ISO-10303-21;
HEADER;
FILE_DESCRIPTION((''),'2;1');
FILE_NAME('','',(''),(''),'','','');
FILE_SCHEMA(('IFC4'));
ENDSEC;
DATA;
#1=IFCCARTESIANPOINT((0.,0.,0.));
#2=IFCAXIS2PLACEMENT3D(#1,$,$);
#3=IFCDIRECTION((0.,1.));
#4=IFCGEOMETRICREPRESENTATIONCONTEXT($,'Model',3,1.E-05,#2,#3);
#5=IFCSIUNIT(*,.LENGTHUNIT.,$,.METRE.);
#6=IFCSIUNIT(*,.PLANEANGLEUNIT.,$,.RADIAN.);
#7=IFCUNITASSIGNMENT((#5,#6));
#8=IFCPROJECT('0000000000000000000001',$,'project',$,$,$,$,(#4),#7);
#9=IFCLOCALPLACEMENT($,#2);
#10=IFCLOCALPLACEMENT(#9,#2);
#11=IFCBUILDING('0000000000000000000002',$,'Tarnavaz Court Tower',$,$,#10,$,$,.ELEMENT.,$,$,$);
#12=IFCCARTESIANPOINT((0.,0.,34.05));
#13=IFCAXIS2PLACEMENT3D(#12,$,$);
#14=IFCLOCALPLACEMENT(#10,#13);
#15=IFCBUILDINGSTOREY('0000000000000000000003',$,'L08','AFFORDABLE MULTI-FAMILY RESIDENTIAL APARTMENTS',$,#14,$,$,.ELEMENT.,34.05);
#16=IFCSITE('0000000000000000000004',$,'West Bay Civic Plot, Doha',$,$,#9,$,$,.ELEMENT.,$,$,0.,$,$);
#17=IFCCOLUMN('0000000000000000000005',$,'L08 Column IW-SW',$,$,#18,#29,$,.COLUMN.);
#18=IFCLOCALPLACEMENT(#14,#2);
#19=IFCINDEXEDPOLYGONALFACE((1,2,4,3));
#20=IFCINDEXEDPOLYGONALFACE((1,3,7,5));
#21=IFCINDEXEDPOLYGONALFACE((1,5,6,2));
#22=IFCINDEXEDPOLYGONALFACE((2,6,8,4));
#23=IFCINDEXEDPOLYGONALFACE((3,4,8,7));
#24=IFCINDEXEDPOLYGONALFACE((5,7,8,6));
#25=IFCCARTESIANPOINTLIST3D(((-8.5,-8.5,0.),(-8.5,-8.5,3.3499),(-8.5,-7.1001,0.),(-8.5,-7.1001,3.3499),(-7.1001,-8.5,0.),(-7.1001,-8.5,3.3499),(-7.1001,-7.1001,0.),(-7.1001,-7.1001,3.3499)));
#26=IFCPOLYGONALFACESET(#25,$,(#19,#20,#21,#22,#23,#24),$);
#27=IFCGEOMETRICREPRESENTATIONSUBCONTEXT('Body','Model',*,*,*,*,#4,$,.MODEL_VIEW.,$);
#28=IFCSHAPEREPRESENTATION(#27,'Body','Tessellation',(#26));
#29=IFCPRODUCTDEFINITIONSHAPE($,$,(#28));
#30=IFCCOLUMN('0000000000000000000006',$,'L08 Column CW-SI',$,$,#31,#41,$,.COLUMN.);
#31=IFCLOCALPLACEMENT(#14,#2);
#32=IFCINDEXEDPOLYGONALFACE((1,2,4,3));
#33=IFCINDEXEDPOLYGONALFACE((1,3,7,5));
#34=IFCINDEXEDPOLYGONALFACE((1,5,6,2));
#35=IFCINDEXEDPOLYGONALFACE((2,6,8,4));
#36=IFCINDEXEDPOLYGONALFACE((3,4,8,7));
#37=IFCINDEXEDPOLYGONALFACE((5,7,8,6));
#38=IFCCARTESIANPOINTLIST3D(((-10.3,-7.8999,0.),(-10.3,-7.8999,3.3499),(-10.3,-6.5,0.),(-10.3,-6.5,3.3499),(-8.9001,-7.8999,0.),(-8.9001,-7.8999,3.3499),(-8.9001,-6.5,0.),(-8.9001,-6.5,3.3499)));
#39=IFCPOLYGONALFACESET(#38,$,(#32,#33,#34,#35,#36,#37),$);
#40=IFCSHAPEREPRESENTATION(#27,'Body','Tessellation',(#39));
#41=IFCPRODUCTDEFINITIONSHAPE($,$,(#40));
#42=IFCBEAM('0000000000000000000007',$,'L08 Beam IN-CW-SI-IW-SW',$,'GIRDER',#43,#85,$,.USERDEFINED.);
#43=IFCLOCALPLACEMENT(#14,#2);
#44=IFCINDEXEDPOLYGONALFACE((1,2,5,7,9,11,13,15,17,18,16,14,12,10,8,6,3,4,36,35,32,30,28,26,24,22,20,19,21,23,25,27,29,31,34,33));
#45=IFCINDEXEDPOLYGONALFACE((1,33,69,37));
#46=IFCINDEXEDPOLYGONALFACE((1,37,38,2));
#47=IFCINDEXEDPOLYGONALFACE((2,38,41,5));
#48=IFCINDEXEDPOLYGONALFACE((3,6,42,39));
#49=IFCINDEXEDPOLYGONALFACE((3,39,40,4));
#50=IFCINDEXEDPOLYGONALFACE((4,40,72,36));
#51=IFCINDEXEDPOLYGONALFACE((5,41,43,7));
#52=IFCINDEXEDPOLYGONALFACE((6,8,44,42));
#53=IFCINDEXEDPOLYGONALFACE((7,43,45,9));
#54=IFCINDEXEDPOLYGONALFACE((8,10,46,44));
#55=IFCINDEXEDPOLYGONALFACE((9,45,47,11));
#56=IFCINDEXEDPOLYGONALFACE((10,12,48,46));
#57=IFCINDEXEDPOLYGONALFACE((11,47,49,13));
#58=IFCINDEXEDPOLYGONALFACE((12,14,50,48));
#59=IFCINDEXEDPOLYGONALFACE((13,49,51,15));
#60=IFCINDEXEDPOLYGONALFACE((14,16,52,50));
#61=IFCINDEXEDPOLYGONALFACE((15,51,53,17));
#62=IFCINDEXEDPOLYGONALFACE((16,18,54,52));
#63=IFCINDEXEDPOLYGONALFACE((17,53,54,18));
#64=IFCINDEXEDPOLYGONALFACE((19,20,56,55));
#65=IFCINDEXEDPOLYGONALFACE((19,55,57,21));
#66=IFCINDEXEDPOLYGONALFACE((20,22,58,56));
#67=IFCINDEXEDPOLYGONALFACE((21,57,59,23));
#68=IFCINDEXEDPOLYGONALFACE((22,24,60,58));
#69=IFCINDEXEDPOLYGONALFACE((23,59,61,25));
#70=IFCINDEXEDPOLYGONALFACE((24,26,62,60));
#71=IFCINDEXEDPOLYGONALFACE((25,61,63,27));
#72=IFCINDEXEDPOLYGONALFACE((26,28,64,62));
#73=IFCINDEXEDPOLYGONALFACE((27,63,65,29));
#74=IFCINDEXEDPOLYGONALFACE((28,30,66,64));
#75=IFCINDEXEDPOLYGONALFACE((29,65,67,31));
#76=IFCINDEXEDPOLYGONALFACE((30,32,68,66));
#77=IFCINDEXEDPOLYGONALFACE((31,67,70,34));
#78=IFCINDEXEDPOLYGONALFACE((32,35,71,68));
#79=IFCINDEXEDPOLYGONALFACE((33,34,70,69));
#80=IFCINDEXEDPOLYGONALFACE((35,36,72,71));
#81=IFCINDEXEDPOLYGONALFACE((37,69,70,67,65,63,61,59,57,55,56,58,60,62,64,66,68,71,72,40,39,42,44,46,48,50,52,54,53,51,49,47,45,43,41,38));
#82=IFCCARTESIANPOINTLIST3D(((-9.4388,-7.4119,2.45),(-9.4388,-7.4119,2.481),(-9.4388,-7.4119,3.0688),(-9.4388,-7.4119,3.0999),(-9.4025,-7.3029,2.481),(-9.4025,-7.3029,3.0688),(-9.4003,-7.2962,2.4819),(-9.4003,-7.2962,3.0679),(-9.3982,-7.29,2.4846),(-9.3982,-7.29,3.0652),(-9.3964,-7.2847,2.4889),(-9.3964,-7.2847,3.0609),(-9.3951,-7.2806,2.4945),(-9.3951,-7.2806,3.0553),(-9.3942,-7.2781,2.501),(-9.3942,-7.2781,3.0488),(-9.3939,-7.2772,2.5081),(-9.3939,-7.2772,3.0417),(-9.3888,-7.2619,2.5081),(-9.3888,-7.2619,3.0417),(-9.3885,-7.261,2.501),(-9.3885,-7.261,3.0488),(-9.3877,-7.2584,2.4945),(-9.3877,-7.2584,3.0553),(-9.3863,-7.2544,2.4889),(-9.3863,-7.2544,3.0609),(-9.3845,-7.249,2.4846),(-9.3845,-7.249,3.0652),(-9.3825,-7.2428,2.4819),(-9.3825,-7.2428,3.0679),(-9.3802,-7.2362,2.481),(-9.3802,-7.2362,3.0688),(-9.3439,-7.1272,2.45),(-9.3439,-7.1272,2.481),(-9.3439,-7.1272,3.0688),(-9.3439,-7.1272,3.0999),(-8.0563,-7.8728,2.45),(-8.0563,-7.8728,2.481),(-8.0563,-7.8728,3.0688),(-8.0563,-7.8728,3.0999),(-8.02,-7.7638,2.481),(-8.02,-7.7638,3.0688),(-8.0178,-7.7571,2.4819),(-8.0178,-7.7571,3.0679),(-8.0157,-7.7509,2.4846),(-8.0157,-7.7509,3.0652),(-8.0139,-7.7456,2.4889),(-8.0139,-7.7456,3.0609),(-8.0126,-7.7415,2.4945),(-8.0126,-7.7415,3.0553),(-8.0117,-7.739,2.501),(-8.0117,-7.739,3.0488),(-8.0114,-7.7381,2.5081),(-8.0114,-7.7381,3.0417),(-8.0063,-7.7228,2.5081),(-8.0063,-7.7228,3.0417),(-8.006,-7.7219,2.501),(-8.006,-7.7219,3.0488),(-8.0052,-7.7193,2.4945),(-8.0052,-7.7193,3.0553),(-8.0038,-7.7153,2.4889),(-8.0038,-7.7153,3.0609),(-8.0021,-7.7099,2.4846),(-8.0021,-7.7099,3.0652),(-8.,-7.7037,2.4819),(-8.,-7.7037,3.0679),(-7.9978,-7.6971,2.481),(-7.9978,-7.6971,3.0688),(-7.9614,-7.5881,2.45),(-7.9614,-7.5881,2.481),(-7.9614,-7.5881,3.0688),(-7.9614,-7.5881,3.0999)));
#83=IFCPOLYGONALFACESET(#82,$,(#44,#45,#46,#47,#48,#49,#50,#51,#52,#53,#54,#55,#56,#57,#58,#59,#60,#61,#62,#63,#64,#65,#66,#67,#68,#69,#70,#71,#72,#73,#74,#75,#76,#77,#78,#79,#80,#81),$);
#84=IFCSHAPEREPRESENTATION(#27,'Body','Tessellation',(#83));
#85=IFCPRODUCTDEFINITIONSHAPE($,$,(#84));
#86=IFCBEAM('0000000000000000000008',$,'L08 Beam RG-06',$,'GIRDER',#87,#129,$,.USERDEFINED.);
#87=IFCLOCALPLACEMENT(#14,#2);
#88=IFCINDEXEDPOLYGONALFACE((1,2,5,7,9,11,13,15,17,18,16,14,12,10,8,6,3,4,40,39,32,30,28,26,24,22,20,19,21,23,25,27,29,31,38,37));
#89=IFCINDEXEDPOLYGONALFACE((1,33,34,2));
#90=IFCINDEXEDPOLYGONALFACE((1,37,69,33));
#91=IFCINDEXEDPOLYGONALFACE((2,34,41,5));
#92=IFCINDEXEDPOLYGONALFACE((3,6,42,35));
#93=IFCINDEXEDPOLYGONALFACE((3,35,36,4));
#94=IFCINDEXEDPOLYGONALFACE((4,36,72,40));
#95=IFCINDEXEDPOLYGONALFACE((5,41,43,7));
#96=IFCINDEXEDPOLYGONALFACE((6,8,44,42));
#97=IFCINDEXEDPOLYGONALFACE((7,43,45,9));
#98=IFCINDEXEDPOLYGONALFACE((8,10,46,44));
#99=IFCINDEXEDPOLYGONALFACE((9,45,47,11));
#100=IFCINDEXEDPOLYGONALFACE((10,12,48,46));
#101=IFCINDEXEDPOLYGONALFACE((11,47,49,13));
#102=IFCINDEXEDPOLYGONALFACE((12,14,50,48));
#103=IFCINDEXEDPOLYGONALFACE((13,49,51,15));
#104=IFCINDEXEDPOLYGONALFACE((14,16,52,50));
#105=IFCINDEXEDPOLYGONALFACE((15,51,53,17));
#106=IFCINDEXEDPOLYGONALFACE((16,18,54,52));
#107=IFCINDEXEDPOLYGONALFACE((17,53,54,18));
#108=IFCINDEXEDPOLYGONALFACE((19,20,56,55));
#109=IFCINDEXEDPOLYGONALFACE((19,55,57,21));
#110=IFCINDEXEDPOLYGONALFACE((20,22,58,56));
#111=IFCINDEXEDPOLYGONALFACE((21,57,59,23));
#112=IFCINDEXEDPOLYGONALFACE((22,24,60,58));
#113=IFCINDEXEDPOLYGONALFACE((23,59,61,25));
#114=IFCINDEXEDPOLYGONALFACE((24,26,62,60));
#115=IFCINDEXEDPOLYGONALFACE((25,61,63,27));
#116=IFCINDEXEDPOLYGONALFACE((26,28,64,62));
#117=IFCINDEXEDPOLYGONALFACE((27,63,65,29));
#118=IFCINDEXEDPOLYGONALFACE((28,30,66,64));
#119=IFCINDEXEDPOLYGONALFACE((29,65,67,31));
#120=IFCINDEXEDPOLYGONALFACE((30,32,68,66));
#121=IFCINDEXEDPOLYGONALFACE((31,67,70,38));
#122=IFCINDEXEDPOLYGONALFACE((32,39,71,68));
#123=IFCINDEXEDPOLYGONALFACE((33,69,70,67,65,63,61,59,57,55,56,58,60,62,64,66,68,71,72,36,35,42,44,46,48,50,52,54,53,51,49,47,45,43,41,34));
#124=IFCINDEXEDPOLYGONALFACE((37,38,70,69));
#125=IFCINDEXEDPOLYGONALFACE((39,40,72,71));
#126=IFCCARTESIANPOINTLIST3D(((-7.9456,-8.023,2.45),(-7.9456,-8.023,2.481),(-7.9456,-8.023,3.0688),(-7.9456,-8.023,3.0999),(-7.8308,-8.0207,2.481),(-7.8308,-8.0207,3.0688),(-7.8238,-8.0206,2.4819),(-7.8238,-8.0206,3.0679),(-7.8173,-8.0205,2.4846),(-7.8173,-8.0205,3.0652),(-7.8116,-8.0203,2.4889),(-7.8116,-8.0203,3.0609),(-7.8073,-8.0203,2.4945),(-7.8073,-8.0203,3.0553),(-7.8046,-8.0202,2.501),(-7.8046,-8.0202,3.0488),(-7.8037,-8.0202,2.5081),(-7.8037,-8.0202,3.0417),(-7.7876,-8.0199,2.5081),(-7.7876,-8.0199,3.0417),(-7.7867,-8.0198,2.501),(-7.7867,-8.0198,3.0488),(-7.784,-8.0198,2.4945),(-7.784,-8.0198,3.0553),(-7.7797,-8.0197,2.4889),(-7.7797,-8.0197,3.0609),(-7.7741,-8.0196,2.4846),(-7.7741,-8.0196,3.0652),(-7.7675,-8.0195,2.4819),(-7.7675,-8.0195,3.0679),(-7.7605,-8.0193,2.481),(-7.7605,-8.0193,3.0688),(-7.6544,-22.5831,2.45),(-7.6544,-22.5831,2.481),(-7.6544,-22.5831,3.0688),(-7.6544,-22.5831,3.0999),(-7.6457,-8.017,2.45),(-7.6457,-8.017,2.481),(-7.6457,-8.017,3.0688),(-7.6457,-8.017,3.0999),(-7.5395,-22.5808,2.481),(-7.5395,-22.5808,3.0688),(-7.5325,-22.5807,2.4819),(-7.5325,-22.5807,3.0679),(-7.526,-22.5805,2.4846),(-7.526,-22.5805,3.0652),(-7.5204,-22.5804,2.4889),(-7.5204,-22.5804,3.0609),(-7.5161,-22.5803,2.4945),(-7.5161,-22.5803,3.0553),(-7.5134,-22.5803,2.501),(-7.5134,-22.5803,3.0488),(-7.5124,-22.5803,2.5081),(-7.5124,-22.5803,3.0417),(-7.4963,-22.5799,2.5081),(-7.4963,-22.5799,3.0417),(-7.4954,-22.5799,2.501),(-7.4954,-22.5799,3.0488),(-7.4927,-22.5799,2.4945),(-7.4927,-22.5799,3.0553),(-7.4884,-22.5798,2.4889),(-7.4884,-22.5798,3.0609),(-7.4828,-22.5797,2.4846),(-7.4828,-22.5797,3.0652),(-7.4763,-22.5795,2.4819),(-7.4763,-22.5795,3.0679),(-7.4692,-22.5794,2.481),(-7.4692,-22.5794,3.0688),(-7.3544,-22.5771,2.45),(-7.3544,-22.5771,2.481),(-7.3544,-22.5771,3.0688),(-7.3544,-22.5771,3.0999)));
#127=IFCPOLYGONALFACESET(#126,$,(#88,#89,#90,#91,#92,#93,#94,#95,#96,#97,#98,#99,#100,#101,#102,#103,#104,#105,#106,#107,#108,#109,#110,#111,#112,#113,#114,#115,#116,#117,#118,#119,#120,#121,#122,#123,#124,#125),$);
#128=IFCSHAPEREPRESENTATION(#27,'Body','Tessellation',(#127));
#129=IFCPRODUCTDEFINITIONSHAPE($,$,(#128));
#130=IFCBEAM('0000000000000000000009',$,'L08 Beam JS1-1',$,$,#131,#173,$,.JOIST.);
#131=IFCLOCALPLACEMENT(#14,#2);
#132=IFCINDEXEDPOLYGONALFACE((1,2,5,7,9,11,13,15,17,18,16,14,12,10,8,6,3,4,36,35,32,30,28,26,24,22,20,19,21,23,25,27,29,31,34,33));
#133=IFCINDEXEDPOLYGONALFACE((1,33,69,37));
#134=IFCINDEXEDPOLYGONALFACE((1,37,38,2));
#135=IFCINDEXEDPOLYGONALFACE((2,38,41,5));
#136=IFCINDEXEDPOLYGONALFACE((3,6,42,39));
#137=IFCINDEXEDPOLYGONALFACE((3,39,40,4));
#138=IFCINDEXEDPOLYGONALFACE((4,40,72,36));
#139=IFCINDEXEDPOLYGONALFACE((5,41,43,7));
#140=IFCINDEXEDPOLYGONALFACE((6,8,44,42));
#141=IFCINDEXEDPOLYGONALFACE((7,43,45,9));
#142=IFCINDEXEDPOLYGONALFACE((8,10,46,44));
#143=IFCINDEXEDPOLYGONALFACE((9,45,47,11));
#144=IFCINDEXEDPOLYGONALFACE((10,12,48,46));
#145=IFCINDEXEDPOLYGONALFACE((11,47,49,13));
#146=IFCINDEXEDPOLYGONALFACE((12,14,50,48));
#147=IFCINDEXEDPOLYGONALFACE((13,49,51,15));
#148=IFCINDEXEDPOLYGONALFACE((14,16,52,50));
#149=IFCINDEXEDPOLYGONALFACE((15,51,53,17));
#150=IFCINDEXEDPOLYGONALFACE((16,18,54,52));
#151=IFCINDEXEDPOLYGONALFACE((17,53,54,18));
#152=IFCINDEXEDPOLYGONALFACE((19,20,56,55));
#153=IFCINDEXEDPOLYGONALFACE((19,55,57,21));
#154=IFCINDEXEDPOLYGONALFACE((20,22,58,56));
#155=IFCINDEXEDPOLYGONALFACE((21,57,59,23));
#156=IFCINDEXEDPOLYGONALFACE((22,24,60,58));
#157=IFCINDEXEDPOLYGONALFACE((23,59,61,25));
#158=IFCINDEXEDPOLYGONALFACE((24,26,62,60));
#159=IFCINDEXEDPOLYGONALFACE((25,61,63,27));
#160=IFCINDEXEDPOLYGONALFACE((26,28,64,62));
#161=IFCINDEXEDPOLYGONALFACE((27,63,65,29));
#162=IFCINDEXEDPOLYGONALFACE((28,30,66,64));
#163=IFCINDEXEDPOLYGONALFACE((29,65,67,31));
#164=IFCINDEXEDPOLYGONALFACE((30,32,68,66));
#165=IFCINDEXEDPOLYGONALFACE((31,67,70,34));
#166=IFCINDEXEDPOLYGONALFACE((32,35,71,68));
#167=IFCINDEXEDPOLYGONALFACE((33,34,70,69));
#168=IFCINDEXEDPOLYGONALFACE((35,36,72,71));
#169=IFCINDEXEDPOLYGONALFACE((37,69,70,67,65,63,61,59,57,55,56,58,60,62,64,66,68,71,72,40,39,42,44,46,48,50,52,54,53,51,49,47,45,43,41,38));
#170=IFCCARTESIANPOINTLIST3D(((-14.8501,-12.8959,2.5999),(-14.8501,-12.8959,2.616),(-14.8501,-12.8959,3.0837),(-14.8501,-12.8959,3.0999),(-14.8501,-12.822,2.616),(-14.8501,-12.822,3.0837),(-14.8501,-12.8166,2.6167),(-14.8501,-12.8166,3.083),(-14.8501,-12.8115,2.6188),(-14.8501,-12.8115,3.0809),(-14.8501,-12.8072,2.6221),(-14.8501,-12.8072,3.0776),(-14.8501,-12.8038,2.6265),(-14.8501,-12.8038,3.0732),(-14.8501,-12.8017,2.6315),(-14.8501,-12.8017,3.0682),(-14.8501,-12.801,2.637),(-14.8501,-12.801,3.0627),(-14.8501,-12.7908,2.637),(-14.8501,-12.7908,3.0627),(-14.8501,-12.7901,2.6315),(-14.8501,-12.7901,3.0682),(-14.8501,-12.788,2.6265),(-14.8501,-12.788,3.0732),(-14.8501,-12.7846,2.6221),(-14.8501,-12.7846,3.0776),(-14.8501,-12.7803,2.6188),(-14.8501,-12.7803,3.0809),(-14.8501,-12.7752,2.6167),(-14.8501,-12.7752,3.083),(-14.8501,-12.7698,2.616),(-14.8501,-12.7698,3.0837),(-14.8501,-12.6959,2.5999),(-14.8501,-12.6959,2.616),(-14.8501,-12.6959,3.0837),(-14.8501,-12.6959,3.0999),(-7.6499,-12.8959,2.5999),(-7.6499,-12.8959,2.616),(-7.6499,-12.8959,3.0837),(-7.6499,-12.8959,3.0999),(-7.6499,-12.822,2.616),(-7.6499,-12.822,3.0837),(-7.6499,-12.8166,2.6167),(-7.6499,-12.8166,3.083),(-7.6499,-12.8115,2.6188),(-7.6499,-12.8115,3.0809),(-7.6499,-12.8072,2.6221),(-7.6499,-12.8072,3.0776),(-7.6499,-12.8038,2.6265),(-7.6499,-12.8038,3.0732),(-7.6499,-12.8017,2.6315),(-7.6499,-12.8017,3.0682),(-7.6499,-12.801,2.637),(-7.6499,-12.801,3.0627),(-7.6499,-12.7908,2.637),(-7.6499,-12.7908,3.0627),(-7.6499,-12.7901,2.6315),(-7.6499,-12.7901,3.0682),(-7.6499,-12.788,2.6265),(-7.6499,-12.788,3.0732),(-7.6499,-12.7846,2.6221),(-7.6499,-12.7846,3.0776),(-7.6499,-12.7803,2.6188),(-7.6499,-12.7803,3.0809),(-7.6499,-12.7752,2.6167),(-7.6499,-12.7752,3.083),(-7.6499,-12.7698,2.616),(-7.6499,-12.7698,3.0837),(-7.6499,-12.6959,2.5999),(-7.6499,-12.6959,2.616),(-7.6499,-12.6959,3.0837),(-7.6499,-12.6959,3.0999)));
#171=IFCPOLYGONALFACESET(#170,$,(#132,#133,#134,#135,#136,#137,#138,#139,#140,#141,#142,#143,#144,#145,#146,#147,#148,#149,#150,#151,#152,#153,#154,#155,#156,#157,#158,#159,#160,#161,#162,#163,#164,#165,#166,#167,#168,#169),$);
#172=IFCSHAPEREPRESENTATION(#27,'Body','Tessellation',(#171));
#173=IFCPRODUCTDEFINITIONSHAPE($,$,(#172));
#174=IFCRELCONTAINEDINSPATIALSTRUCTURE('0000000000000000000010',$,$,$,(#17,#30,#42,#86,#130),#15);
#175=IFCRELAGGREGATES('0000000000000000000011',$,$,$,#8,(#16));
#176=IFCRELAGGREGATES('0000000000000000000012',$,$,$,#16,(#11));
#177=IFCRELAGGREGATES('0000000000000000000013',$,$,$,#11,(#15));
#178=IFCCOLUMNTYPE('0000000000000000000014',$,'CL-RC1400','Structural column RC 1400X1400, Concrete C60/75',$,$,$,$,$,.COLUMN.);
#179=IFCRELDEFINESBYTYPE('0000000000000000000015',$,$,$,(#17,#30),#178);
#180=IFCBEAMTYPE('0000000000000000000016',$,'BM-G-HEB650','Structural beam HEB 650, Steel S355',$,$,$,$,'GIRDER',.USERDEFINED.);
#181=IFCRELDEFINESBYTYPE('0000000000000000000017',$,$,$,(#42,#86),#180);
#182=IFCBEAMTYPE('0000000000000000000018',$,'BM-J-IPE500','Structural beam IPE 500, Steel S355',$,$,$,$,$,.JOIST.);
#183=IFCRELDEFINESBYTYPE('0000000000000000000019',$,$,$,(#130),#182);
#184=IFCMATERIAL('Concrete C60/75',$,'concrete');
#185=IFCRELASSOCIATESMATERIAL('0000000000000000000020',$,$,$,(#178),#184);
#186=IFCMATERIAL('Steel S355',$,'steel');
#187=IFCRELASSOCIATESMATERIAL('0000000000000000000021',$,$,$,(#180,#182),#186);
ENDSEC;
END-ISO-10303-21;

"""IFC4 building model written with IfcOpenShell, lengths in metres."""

from ifc_helpers import new_model, si_unit, direction, frame, origin, origin_2d, place, context, subcontext, project, spatial, rectangle, i_section, extrude, material, material_profile, profile_set, type_object, element, save


model = new_model("IFC4")

# Units and contexts
model_context = context("Model", 3, precision=1e-05, world=origin(), true_north=direction((0.0, 1.0)))
body_context = subcontext(model_context, "Body", "Model", "MODEL_VIEW")
ifc_project = project(units=[si_unit("LENGTHUNIT", "METRE"), si_unit("PLANEANGLEUNIT", "RADIAN")], contexts=[model_context])

# Site, building, storey
site_placement = place(None, origin())
site = spatial("IfcSite", under=ifc_project, at=site_placement, Name="West Bay Civic Plot, Doha", CompositionType="ELEMENT", RefElevation=0.0)
building_placement = place(site_placement, origin())
building = spatial("IfcBuilding", under=site, at=building_placement, Name="Tarnavaz Court Tower", CompositionType="ELEMENT")
storey_placement = place(building_placement, frame((0.0, 0.0, 34.05)))
storey = spatial("IfcBuildingStorey", under=building, at=storey_placement, Name="L08", Description="AFFORDABLE MULTI-FAMILY RESIDENTIAL APARTMENTS", CompositionType="ELEMENT", Elevation=34.05)

# Columns
ifc_material_1 = material(Name="Concrete C60/75", Category="concrete")
ifc_material_profile_1 = material_profile(ifc_material_1, rectangle(XDim=1.3999, YDim=1.3999, at=origin_2d()), Name="RC 1400X1400")
ifc_profile_set_1 = profile_set([ifc_material_profile_1], Name="Concrete C60/75")
column_type = type_object("IfcColumnType", Name="CL-RC1400", Description="Structural column RC 1400X1400, Concrete C60/75", PredefinedType="COLUMN", material=ifc_profile_set_1)
for number, where, z_axis, x_axis, name in (
    (1, (-7.8, -7.8, 0.0), (0.0, 0.0, 1.0), (1.0, 0.0, 0.0), "L08 Column IW-SW"),
    (2, (-9.6001, -7.2, 0.0), (0.0, 0.0, 1.0), (1.0, 0.0, 0.0), "L08 Column CW-SI"),
):
    element("IfcColumn", number, at=place(storey_placement, frame(where, z_axis=z_axis, x_axis=x_axis)), inside=storey, type_object=column_type, Name=name, PredefinedType="COLUMN", context=body_context, shape_type="SweptSolid", body=[
        extrude(rectangle(XDim=1.3999, YDim=1.3999, at=origin_2d()), origin(), (0.0, 0.0, 1.0), 3.3499),
    ])

# Beams
ifc_material_2 = material(Name="Steel S355", Category="steel")
ifc_material_profile_2 = material_profile(ifc_material_2, i_section(OverallWidth=0.3, OverallDepth=0.6499, WebThickness=0.0161, FlangeThickness=0.031, FilletRadius=0.0271, at=origin_2d()), Name="HEB 650")
ifc_profile_set_2 = profile_set([ifc_material_profile_2], Name="Steel S355")
beam_type_1 = type_object("IfcBeamType", Name="BM-G-HEB650", Description="Structural beam HEB 650, Steel S355", ElementType="GIRDER", PredefinedType="USERDEFINED", material=ifc_profile_set_2)
beam_1_placement = place(storey_placement, frame((-9.3914, -7.2695, 2.7749), z_axis=(0.948667, -0.316278, 0.0), x_axis=(0.316278, 0.948667, 0.0)))
element("IfcBeam", 3, at=beam_1_placement, inside=storey, type_object=beam_type_1, Name="L08 Beam IN-CW-SI-IW-SW", ObjectType="GIRDER", PredefinedType="USERDEFINED", context=body_context, shape_type="SweptSolid", body=[
    extrude(i_section(OverallWidth=0.3, OverallDepth=0.6499, WebThickness=0.0161, FlangeThickness=0.031, FilletRadius=0.0271, at=origin_2d()), origin(), (0.0, 0.0, 1.0), 1.4573),
])
beam_2_placement = place(storey_placement, frame((-7.7957, -8.02, 2.7749), z_axis=(0.02, -0.9998, 0.0), x_axis=(0.9998, 0.02, 0.0)))
element("IfcBeam", 4, at=beam_2_placement, inside=storey, type_object=beam_type_1, Name="L08 Beam RG-06", ObjectType="GIRDER", PredefinedType="USERDEFINED", context=body_context, shape_type="SweptSolid", body=[
    extrude(i_section(OverallWidth=0.3, OverallDepth=0.6499, WebThickness=0.0161, FlangeThickness=0.031, FilletRadius=0.0271, at=origin_2d()), origin(), (0.0, 0.0, 1.0), 14.563),
])
ifc_material_profile_3 = material_profile(ifc_material_2, i_section(OverallWidth=0.2, OverallDepth=0.5, WebThickness=0.0103, FlangeThickness=0.0161, FilletRadius=0.021, at=origin_2d()), Name="IPE 500")
ifc_profile_set_3 = profile_set([ifc_material_profile_3], Name="Steel S355")
beam_type_2 = type_object("IfcBeamType", Name="BM-J-IPE500", Description="Structural beam IPE 500, Steel S355", PredefinedType="JOIST", material=ifc_profile_set_3)
beam_3_placement = place(storey_placement, frame((-14.8501, -12.7959, 2.8499), z_axis=(1.0, 0.0, 0.0), x_axis=(0.0, 1.0, 0.0)))
element("IfcBeam", 5, at=beam_3_placement, inside=storey, type_object=beam_type_2, Name="L08 Beam JS1-1", PredefinedType="JOIST", context=body_context, shape_type="SweptSolid", body=[
    extrude(i_section(OverallWidth=0.2, OverallDepth=0.5, WebThickness=0.0103, FlangeThickness=0.0161, FilletRadius=0.021, at=origin_2d()), origin(), (0.0, 0.0, 1.0), 7.2002),
])

save(model, "model.ifc")
